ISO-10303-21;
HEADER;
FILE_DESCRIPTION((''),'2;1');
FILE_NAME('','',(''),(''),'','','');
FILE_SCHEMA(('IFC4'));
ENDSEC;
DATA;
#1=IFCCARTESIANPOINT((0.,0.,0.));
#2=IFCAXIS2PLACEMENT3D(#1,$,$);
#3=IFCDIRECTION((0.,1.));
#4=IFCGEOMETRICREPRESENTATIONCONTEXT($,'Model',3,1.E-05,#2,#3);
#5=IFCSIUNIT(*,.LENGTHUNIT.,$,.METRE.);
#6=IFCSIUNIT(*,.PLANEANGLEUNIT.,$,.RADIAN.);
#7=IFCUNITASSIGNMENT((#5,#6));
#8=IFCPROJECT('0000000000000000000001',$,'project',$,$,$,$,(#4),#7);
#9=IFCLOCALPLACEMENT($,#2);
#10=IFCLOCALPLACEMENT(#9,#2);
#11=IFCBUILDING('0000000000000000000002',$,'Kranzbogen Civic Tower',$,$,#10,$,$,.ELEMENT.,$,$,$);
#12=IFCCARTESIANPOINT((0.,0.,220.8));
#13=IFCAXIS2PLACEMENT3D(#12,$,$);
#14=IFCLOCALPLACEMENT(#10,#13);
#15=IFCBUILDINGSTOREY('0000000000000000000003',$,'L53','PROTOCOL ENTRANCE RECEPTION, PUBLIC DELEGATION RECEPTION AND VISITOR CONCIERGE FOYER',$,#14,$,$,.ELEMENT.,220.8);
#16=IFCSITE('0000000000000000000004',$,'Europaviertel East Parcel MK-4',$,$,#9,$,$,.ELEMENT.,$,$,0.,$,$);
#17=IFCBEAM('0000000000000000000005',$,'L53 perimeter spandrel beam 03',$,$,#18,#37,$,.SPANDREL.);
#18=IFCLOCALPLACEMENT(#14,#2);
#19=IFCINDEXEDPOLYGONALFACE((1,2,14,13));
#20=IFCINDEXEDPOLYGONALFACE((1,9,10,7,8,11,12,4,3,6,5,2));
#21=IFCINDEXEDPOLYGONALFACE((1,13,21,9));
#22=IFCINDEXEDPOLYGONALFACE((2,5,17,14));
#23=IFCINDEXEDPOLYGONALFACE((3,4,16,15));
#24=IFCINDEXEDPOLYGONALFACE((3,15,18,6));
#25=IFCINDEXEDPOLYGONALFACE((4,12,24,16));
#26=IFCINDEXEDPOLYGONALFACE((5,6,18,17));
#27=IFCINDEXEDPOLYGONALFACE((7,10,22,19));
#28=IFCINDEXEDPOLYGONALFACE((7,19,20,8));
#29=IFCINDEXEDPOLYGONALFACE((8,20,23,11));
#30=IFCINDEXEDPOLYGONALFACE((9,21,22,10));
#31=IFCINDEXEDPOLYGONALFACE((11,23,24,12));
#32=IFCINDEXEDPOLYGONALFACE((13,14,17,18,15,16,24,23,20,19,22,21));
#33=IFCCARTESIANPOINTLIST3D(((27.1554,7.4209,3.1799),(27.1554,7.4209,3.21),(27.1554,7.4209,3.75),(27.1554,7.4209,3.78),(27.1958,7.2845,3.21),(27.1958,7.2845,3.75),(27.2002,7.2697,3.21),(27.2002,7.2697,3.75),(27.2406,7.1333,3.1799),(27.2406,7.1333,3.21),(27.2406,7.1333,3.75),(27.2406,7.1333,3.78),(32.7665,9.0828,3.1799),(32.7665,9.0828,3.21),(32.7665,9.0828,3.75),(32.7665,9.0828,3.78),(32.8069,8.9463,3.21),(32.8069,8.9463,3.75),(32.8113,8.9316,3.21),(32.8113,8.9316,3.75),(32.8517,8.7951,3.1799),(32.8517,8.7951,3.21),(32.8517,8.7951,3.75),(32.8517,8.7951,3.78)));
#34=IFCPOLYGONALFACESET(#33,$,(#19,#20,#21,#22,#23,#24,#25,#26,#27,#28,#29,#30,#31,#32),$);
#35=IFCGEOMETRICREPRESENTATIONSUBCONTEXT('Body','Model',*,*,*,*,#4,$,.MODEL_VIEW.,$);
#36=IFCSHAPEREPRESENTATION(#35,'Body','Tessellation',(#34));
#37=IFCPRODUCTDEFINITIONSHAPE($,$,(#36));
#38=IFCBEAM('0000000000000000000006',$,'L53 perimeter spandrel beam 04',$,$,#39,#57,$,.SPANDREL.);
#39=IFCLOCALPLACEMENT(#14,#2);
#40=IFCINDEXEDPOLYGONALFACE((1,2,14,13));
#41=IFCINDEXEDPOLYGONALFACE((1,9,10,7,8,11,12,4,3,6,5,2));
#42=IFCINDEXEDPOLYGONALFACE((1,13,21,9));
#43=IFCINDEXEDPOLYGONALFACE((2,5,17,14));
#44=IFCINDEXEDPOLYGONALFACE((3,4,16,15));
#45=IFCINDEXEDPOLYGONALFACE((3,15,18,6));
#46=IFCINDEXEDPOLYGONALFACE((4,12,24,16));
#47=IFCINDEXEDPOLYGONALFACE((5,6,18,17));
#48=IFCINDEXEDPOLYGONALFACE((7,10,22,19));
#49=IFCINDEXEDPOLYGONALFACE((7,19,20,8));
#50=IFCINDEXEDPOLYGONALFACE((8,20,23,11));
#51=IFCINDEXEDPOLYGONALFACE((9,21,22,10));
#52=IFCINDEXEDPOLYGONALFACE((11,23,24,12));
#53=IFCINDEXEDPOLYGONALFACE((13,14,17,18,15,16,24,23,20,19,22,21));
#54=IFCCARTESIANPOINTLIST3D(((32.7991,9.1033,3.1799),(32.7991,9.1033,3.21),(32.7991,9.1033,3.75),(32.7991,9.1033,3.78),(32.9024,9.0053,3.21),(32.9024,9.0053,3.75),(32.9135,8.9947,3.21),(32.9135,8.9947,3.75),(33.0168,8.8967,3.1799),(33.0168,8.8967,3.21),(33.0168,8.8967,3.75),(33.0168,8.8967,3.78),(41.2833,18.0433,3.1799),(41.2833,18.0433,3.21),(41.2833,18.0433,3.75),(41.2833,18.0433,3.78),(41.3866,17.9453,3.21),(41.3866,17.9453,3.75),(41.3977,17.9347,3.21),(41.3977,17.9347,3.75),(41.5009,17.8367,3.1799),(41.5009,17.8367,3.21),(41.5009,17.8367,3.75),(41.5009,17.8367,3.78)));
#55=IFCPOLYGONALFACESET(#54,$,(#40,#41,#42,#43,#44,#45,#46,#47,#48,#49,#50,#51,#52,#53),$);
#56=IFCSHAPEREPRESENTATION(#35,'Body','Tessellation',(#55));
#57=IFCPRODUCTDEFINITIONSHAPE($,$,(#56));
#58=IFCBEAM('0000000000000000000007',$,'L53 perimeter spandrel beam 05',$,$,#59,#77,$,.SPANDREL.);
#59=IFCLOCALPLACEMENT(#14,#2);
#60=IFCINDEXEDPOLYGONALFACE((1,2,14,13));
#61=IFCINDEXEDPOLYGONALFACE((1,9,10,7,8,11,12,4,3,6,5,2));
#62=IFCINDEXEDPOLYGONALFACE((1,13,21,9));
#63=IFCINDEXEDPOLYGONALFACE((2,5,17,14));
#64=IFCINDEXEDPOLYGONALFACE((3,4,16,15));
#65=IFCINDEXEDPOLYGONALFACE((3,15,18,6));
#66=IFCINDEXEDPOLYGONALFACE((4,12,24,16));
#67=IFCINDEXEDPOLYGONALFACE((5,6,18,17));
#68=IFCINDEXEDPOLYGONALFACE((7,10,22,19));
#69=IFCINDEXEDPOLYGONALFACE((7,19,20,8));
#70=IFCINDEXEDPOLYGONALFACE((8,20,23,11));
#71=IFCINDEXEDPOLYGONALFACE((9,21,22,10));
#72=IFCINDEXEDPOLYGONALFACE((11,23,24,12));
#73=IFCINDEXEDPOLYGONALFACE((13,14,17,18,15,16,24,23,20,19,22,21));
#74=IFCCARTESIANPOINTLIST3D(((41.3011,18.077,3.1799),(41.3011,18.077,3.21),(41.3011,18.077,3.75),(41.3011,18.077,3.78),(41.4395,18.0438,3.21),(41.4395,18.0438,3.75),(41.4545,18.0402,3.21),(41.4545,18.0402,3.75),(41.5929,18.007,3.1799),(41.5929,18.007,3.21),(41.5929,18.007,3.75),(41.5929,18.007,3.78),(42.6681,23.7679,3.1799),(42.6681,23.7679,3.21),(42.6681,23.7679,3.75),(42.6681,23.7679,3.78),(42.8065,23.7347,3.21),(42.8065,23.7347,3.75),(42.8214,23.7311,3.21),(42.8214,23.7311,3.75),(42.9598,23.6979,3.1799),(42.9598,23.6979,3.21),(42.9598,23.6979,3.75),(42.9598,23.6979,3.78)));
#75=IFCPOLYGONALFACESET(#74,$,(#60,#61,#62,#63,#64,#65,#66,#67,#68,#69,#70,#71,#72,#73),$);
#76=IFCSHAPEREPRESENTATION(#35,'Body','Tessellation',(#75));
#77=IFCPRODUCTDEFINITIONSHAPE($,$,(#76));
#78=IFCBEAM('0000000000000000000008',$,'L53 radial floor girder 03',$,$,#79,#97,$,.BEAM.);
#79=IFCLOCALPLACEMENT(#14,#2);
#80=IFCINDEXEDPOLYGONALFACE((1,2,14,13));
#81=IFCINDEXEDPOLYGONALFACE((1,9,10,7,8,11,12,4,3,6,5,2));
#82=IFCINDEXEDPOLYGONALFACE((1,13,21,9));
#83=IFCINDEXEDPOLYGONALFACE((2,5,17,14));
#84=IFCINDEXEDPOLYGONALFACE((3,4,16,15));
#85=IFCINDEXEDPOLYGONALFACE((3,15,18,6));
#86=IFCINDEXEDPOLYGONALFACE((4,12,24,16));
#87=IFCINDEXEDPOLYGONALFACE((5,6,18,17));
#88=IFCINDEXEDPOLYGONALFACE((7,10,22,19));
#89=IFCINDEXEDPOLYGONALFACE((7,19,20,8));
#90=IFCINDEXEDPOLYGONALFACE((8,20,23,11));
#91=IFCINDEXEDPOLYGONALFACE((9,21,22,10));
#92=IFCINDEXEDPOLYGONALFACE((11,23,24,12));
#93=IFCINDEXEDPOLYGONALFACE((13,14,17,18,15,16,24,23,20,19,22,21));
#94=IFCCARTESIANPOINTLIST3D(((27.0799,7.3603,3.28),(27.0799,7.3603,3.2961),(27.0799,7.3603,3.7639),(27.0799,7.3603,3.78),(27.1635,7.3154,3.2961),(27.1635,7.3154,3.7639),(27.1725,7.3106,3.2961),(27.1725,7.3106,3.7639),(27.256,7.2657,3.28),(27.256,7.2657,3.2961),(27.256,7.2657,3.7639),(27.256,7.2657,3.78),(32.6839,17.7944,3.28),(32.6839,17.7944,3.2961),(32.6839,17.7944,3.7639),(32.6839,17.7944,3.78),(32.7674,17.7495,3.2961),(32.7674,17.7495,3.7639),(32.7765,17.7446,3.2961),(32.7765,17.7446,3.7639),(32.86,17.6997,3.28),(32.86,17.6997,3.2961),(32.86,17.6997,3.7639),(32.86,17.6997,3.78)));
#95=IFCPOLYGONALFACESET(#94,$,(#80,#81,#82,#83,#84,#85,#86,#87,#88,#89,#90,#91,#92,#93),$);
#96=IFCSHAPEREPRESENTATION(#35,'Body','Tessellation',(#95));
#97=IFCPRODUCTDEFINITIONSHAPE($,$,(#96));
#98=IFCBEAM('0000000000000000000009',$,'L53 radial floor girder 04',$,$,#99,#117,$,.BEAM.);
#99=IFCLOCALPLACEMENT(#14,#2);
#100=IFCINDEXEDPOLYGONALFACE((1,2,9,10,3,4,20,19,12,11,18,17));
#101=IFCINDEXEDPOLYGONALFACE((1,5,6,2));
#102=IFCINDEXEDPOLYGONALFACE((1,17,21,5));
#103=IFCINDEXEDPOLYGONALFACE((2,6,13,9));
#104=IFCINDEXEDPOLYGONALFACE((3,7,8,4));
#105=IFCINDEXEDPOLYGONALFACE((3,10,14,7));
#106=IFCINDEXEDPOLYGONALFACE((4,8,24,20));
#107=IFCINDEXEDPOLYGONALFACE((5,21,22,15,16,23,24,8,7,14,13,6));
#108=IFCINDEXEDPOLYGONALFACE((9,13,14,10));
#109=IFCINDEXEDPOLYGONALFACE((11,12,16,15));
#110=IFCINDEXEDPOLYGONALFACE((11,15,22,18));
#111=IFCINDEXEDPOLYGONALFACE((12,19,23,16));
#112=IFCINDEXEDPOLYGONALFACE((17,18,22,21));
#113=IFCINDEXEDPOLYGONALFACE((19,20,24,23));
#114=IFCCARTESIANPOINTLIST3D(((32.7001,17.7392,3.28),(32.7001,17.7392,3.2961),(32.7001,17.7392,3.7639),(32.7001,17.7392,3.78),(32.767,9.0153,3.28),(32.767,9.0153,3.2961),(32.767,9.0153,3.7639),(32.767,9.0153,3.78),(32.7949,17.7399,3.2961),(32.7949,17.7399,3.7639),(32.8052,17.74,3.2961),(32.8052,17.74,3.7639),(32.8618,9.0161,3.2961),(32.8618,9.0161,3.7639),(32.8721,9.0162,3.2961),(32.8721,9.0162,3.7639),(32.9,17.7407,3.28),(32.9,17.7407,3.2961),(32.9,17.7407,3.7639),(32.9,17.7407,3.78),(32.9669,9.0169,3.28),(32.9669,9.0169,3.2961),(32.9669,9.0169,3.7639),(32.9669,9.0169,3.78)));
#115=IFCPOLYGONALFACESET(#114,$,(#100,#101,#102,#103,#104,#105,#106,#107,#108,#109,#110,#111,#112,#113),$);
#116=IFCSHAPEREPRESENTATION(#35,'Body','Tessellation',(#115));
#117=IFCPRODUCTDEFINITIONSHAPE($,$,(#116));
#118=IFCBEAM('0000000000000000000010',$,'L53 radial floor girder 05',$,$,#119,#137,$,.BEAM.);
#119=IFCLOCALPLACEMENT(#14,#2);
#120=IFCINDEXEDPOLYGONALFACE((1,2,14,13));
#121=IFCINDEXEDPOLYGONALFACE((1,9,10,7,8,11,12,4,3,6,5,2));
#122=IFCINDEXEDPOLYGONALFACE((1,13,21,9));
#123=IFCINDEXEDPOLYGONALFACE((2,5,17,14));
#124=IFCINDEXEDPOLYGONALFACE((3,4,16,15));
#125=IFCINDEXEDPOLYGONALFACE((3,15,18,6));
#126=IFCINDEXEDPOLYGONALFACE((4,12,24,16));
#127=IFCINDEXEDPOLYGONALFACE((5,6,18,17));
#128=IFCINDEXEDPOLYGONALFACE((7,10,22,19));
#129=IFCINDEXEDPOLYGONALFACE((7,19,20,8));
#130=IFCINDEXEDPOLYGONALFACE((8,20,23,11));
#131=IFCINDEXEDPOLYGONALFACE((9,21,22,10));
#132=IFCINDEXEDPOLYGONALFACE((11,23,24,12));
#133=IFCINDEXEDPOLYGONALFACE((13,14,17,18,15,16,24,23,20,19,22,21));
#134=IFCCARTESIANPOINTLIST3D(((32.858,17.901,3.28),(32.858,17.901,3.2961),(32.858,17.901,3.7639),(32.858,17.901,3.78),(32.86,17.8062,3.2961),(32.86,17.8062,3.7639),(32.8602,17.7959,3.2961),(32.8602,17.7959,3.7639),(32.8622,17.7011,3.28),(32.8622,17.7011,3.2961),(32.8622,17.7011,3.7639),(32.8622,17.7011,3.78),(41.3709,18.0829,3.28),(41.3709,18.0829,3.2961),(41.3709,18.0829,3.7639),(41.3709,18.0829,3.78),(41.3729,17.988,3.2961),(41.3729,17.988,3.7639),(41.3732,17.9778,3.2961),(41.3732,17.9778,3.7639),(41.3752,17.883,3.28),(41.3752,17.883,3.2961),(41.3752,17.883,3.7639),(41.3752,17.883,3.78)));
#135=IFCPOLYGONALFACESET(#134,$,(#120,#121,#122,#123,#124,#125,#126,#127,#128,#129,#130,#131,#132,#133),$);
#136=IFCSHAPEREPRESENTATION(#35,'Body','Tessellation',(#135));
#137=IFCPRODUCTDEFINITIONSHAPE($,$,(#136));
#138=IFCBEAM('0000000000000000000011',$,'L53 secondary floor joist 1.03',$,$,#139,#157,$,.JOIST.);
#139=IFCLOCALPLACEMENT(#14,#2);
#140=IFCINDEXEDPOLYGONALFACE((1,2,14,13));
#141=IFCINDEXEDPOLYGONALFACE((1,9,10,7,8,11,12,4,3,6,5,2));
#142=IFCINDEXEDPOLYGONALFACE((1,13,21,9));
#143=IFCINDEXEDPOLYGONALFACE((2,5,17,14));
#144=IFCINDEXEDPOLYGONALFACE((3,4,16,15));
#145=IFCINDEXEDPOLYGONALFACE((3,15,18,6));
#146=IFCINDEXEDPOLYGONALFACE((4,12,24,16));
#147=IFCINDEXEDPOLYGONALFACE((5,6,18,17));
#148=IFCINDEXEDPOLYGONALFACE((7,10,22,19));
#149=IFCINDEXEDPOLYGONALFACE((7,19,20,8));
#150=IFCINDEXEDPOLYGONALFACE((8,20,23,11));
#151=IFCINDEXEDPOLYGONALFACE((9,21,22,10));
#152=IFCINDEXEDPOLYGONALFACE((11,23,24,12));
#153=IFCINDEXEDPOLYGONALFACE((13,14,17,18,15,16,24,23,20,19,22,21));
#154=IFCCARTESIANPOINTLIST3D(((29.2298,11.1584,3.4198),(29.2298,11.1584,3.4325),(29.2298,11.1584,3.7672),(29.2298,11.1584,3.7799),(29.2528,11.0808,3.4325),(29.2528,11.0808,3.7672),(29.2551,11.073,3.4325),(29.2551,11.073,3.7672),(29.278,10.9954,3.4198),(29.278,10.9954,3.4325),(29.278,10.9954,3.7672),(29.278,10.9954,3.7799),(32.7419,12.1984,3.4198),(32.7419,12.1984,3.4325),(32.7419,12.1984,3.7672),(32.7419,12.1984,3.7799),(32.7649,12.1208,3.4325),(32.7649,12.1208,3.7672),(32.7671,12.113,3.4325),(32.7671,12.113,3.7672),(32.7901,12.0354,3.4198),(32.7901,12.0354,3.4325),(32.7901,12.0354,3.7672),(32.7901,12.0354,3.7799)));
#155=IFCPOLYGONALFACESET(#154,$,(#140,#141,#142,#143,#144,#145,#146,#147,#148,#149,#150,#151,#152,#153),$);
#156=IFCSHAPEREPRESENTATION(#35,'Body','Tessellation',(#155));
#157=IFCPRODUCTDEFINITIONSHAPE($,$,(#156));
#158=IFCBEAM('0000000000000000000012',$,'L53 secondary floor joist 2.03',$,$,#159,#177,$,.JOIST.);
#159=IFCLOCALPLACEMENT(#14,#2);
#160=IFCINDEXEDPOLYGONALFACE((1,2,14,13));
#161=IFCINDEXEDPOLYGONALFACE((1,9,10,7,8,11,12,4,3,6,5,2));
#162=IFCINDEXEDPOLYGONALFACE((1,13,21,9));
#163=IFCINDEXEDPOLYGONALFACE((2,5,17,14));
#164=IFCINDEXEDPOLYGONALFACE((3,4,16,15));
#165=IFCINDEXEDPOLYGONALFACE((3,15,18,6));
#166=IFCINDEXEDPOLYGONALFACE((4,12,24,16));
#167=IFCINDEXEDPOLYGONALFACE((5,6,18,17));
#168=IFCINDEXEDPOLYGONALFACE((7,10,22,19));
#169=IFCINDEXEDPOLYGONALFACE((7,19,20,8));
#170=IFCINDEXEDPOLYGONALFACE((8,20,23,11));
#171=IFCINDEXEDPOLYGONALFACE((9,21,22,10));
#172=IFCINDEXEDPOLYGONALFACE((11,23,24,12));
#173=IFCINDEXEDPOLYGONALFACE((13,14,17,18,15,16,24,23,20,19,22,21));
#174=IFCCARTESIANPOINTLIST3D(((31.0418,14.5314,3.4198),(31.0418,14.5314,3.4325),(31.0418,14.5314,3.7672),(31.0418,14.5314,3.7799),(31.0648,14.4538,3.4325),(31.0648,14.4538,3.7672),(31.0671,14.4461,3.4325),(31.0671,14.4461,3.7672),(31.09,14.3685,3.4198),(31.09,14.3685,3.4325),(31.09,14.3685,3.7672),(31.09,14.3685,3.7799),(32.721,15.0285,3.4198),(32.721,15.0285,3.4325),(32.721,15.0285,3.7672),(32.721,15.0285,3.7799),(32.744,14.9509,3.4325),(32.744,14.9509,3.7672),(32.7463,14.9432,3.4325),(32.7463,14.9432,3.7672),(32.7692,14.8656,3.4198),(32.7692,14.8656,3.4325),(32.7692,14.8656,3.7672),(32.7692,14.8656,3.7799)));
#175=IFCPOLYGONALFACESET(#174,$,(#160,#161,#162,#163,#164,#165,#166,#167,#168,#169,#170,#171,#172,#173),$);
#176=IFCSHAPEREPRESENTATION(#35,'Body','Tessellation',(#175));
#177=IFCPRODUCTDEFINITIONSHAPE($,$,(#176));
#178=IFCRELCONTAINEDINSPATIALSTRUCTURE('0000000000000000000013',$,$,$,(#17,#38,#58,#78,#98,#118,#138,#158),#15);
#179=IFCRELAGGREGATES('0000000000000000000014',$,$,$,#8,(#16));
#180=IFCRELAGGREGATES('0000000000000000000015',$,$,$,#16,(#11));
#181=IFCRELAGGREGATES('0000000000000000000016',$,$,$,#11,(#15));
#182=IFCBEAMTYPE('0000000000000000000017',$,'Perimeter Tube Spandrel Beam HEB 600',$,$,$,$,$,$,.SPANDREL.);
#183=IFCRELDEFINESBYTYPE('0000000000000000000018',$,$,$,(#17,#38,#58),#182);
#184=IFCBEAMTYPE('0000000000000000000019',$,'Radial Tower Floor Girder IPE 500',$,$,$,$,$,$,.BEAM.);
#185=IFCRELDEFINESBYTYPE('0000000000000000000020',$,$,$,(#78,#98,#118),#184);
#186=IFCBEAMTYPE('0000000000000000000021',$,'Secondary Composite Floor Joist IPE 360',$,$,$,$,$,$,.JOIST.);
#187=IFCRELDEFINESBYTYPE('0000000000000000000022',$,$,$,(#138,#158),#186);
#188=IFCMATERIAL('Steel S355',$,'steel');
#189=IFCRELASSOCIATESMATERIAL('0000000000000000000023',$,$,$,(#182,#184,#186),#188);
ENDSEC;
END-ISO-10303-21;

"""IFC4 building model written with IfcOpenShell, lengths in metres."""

from ifc_helpers import new_model, si_unit, direction, frame, origin, origin_2d, place, context, subcontext, project, spatial, i_section, extrude, material, material_profile, profile_set, type_object, element, save


model = new_model("IFC4")

# Units and contexts
model_context = context("Model", 3, precision=1e-05, world=origin(), true_north=direction((0.0, 1.0)))
body_context = subcontext(model_context, "Body", "Model", "MODEL_VIEW")
ifc_project = project(units=[si_unit("LENGTHUNIT", "METRE"), si_unit("PLANEANGLEUNIT", "RADIAN")], contexts=[model_context])

# Site, building, storey
site_placement = place(None, origin())
site = spatial("IfcSite", under=ifc_project, at=site_placement, Name="Europaviertel East Parcel MK-4", CompositionType="ELEMENT", RefElevation=0.0)
building_placement = place(site_placement, origin())
building = spatial("IfcBuilding", under=site, at=building_placement, Name="Kranzbogen Civic Tower", CompositionType="ELEMENT")
storey_placement = place(building_placement, frame((0.0, 0.0, 220.8)))
storey = spatial("IfcBuildingStorey", under=building, at=storey_placement, Name="L53", Description="PROTOCOL ENTRANCE RECEPTION, PUBLIC DELEGATION RECEPTION AND VISITOR CONCIERGE FOYER", CompositionType="ELEMENT", Elevation=220.8)

# Shared definitions
ifc_material_1 = material(Name="Steel S355", Category="steel")

# Beams
ifc_material_profile_1 = material_profile(ifc_material_1, i_section(OverallWidth=0.3, OverallDepth=0.6001, WebThickness=0.0154, FlangeThickness=0.03, at=origin_2d()), Name="HEB 600")
ifc_profile_set_1 = profile_set([ifc_material_profile_1], Name="Steel S355")
beam_type_1 = type_object("IfcBeamType", Name="Perimeter Tube Spandrel Beam HEB 600", PredefinedType="SPANDREL", material=ifc_profile_set_1)
beam_1_placement = place(storey_placement, frame((27.198, 7.2771, 3.48), z_axis=(0.95883, 0.283982, 0.0), x_axis=(-0.283982, 0.95883, 0.0)))
element("IfcBeam", 1, at=beam_1_placement, inside=storey, type_object=beam_type_1, Name="L53 perimeter spandrel beam 03", PredefinedType="SPANDREL", context=body_context, shape_type="SweptSolid", body=[
    extrude(i_section(OverallWidth=0.3, OverallDepth=0.6001, WebThickness=0.0154, FlangeThickness=0.03, at=origin_2d()), origin(), (0.0, 0.0, 1.0), 5.8521),
])
beam_2_placement = place(storey_placement, frame((32.908, 9.0, 3.48), z_axis=(0.688373, 0.725356, 0.0), x_axis=(-0.725356, 0.688373, 0.0)))
element("IfcBeam", 2, at=beam_2_placement, inside=storey, type_object=beam_type_1, Name="L53 perimeter spandrel beam 04", PredefinedType="SPANDREL", context=body_context, shape_type="SweptSolid", body=[
    extrude(i_section(OverallWidth=0.3, OverallDepth=0.6001, WebThickness=0.0154, FlangeThickness=0.03, at=origin_2d()), origin(), (0.0, 0.0, 1.0), 12.325),
])
beam_3_placement = place(storey_placement, frame((41.447, 18.042, 3.48), z_axis=(0.233554, 0.972344, 0.0), x_axis=(-0.972344, 0.233554, 0.0)))
element("IfcBeam", 3, at=beam_3_placement, inside=storey, type_object=beam_type_1, Name="L53 perimeter spandrel beam 05", PredefinedType="SPANDREL", context=body_context, shape_type="SweptSolid", body=[
    extrude(i_section(OverallWidth=0.3, OverallDepth=0.6001, WebThickness=0.0154, FlangeThickness=0.03, at=origin_2d()), origin(), (0.0, 0.0, 1.0), 5.8528),
])
ifc_material_profile_2 = material_profile(ifc_material_1, i_section(OverallWidth=0.2, OverallDepth=0.5, WebThickness=0.0103, FlangeThickness=0.0161, at=origin_2d()), Name="IPE 500")
ifc_profile_set_2 = profile_set([ifc_material_profile_2], Name="Steel S355")
beam_type_2 = type_object("IfcBeamType", Name="Radial Tower Floor Girder IPE 500", PredefinedType="BEAM", material=ifc_profile_set_2)
beam_4_placement = place(storey_placement, frame((27.168, 7.313, 3.53), z_axis=(0.47316, 0.880976, 0.0), x_axis=(-0.880976, 0.47316, 0.0)))
element("IfcBeam", 4, at=beam_4_placement, inside=storey, type_object=beam_type_2, Name="L53 radial floor girder 03", PredefinedType="BEAM", context=body_context, shape_type="SweptSolid", body=[
    extrude(i_section(OverallWidth=0.2, OverallDepth=0.5, WebThickness=0.0103, FlangeThickness=0.0161, at=origin_2d()), origin(), (0.0, 0.0, 1.0), 11.8438),
])
beam_5_placement = place(storey_placement, frame((32.8669, 9.0161, 3.53), z_axis=(-0.007668, 0.999971, 0.0), x_axis=(-0.999971, -0.007668, 0.0)))
element("IfcBeam", 5, at=beam_5_placement, inside=storey, type_object=beam_type_2, Name="L53 radial floor girder 04", PredefinedType="BEAM", context=body_context, shape_type="SweptSolid", body=[
    extrude(i_section(OverallWidth=0.2, OverallDepth=0.5, WebThickness=0.0103, FlangeThickness=0.0161, at=origin_2d()), origin(), (0.0, 0.0, 1.0), 8.7241),
])
beam_6_placement = place(storey_placement, frame((41.373, 17.9829, 3.53), z_axis=(-0.999772, -0.021361, 0.0), x_axis=(0.021361, -0.999772, 0.0)))
element("IfcBeam", 6, at=beam_6_placement, inside=storey, type_object=beam_type_2, Name="L53 radial floor girder 05", PredefinedType="BEAM", context=body_context, shape_type="SweptSolid", body=[
    extrude(i_section(OverallWidth=0.2, OverallDepth=0.5, WebThickness=0.0103, FlangeThickness=0.0161, at=origin_2d()), origin(), (0.0, 0.0, 1.0), 8.5149),
])
ifc_material_profile_3 = material_profile(ifc_material_1, i_section(OverallWidth=0.1699, OverallDepth=0.3601, WebThickness=0.0081, FlangeThickness=0.0127, at=origin_2d()), Name="IPE 360")
ifc_profile_set_3 = profile_set([ifc_material_profile_3], Name="Steel S355")
beam_type_3 = type_object("IfcBeamType", Name="Secondary Composite Floor Joist IPE 360", PredefinedType="JOIST", material=ifc_profile_set_3)
beam_7_placement = place(storey_placement, frame((29.2539, 11.0769, 3.5999), z_axis=(0.958844, 0.283934, 0.0), x_axis=(-0.283934, 0.958844, 0.0)))
element("IfcBeam", 7, at=beam_7_placement, inside=storey, type_object=beam_type_3, Name="L53 secondary floor joist 1.03", PredefinedType="JOIST", context=body_context, shape_type="SweptSolid", body=[
    extrude(i_section(OverallWidth=0.1699, OverallDepth=0.3601, WebThickness=0.0081, FlangeThickness=0.0127, at=origin_2d()), origin(), (0.0, 0.0, 1.0), 3.6628),
])
beam_8_placement = place(storey_placement, frame((31.0659, 14.45, 3.5999), z_axis=(0.958871, 0.283841, 0.0), x_axis=(-0.283841, 0.958871, 0.0)))
element("IfcBeam", 8, at=beam_8_placement, inside=storey, type_object=beam_type_3, Name="L53 secondary floor joist 2.03", PredefinedType="JOIST", context=body_context, shape_type="SweptSolid", body=[
    extrude(i_section(OverallWidth=0.1699, OverallDepth=0.3601, WebThickness=0.0081, FlangeThickness=0.0127, at=origin_2d()), origin(), (0.0, 0.0, 1.0), 1.7512),
])

save(model, "model.ifc")
